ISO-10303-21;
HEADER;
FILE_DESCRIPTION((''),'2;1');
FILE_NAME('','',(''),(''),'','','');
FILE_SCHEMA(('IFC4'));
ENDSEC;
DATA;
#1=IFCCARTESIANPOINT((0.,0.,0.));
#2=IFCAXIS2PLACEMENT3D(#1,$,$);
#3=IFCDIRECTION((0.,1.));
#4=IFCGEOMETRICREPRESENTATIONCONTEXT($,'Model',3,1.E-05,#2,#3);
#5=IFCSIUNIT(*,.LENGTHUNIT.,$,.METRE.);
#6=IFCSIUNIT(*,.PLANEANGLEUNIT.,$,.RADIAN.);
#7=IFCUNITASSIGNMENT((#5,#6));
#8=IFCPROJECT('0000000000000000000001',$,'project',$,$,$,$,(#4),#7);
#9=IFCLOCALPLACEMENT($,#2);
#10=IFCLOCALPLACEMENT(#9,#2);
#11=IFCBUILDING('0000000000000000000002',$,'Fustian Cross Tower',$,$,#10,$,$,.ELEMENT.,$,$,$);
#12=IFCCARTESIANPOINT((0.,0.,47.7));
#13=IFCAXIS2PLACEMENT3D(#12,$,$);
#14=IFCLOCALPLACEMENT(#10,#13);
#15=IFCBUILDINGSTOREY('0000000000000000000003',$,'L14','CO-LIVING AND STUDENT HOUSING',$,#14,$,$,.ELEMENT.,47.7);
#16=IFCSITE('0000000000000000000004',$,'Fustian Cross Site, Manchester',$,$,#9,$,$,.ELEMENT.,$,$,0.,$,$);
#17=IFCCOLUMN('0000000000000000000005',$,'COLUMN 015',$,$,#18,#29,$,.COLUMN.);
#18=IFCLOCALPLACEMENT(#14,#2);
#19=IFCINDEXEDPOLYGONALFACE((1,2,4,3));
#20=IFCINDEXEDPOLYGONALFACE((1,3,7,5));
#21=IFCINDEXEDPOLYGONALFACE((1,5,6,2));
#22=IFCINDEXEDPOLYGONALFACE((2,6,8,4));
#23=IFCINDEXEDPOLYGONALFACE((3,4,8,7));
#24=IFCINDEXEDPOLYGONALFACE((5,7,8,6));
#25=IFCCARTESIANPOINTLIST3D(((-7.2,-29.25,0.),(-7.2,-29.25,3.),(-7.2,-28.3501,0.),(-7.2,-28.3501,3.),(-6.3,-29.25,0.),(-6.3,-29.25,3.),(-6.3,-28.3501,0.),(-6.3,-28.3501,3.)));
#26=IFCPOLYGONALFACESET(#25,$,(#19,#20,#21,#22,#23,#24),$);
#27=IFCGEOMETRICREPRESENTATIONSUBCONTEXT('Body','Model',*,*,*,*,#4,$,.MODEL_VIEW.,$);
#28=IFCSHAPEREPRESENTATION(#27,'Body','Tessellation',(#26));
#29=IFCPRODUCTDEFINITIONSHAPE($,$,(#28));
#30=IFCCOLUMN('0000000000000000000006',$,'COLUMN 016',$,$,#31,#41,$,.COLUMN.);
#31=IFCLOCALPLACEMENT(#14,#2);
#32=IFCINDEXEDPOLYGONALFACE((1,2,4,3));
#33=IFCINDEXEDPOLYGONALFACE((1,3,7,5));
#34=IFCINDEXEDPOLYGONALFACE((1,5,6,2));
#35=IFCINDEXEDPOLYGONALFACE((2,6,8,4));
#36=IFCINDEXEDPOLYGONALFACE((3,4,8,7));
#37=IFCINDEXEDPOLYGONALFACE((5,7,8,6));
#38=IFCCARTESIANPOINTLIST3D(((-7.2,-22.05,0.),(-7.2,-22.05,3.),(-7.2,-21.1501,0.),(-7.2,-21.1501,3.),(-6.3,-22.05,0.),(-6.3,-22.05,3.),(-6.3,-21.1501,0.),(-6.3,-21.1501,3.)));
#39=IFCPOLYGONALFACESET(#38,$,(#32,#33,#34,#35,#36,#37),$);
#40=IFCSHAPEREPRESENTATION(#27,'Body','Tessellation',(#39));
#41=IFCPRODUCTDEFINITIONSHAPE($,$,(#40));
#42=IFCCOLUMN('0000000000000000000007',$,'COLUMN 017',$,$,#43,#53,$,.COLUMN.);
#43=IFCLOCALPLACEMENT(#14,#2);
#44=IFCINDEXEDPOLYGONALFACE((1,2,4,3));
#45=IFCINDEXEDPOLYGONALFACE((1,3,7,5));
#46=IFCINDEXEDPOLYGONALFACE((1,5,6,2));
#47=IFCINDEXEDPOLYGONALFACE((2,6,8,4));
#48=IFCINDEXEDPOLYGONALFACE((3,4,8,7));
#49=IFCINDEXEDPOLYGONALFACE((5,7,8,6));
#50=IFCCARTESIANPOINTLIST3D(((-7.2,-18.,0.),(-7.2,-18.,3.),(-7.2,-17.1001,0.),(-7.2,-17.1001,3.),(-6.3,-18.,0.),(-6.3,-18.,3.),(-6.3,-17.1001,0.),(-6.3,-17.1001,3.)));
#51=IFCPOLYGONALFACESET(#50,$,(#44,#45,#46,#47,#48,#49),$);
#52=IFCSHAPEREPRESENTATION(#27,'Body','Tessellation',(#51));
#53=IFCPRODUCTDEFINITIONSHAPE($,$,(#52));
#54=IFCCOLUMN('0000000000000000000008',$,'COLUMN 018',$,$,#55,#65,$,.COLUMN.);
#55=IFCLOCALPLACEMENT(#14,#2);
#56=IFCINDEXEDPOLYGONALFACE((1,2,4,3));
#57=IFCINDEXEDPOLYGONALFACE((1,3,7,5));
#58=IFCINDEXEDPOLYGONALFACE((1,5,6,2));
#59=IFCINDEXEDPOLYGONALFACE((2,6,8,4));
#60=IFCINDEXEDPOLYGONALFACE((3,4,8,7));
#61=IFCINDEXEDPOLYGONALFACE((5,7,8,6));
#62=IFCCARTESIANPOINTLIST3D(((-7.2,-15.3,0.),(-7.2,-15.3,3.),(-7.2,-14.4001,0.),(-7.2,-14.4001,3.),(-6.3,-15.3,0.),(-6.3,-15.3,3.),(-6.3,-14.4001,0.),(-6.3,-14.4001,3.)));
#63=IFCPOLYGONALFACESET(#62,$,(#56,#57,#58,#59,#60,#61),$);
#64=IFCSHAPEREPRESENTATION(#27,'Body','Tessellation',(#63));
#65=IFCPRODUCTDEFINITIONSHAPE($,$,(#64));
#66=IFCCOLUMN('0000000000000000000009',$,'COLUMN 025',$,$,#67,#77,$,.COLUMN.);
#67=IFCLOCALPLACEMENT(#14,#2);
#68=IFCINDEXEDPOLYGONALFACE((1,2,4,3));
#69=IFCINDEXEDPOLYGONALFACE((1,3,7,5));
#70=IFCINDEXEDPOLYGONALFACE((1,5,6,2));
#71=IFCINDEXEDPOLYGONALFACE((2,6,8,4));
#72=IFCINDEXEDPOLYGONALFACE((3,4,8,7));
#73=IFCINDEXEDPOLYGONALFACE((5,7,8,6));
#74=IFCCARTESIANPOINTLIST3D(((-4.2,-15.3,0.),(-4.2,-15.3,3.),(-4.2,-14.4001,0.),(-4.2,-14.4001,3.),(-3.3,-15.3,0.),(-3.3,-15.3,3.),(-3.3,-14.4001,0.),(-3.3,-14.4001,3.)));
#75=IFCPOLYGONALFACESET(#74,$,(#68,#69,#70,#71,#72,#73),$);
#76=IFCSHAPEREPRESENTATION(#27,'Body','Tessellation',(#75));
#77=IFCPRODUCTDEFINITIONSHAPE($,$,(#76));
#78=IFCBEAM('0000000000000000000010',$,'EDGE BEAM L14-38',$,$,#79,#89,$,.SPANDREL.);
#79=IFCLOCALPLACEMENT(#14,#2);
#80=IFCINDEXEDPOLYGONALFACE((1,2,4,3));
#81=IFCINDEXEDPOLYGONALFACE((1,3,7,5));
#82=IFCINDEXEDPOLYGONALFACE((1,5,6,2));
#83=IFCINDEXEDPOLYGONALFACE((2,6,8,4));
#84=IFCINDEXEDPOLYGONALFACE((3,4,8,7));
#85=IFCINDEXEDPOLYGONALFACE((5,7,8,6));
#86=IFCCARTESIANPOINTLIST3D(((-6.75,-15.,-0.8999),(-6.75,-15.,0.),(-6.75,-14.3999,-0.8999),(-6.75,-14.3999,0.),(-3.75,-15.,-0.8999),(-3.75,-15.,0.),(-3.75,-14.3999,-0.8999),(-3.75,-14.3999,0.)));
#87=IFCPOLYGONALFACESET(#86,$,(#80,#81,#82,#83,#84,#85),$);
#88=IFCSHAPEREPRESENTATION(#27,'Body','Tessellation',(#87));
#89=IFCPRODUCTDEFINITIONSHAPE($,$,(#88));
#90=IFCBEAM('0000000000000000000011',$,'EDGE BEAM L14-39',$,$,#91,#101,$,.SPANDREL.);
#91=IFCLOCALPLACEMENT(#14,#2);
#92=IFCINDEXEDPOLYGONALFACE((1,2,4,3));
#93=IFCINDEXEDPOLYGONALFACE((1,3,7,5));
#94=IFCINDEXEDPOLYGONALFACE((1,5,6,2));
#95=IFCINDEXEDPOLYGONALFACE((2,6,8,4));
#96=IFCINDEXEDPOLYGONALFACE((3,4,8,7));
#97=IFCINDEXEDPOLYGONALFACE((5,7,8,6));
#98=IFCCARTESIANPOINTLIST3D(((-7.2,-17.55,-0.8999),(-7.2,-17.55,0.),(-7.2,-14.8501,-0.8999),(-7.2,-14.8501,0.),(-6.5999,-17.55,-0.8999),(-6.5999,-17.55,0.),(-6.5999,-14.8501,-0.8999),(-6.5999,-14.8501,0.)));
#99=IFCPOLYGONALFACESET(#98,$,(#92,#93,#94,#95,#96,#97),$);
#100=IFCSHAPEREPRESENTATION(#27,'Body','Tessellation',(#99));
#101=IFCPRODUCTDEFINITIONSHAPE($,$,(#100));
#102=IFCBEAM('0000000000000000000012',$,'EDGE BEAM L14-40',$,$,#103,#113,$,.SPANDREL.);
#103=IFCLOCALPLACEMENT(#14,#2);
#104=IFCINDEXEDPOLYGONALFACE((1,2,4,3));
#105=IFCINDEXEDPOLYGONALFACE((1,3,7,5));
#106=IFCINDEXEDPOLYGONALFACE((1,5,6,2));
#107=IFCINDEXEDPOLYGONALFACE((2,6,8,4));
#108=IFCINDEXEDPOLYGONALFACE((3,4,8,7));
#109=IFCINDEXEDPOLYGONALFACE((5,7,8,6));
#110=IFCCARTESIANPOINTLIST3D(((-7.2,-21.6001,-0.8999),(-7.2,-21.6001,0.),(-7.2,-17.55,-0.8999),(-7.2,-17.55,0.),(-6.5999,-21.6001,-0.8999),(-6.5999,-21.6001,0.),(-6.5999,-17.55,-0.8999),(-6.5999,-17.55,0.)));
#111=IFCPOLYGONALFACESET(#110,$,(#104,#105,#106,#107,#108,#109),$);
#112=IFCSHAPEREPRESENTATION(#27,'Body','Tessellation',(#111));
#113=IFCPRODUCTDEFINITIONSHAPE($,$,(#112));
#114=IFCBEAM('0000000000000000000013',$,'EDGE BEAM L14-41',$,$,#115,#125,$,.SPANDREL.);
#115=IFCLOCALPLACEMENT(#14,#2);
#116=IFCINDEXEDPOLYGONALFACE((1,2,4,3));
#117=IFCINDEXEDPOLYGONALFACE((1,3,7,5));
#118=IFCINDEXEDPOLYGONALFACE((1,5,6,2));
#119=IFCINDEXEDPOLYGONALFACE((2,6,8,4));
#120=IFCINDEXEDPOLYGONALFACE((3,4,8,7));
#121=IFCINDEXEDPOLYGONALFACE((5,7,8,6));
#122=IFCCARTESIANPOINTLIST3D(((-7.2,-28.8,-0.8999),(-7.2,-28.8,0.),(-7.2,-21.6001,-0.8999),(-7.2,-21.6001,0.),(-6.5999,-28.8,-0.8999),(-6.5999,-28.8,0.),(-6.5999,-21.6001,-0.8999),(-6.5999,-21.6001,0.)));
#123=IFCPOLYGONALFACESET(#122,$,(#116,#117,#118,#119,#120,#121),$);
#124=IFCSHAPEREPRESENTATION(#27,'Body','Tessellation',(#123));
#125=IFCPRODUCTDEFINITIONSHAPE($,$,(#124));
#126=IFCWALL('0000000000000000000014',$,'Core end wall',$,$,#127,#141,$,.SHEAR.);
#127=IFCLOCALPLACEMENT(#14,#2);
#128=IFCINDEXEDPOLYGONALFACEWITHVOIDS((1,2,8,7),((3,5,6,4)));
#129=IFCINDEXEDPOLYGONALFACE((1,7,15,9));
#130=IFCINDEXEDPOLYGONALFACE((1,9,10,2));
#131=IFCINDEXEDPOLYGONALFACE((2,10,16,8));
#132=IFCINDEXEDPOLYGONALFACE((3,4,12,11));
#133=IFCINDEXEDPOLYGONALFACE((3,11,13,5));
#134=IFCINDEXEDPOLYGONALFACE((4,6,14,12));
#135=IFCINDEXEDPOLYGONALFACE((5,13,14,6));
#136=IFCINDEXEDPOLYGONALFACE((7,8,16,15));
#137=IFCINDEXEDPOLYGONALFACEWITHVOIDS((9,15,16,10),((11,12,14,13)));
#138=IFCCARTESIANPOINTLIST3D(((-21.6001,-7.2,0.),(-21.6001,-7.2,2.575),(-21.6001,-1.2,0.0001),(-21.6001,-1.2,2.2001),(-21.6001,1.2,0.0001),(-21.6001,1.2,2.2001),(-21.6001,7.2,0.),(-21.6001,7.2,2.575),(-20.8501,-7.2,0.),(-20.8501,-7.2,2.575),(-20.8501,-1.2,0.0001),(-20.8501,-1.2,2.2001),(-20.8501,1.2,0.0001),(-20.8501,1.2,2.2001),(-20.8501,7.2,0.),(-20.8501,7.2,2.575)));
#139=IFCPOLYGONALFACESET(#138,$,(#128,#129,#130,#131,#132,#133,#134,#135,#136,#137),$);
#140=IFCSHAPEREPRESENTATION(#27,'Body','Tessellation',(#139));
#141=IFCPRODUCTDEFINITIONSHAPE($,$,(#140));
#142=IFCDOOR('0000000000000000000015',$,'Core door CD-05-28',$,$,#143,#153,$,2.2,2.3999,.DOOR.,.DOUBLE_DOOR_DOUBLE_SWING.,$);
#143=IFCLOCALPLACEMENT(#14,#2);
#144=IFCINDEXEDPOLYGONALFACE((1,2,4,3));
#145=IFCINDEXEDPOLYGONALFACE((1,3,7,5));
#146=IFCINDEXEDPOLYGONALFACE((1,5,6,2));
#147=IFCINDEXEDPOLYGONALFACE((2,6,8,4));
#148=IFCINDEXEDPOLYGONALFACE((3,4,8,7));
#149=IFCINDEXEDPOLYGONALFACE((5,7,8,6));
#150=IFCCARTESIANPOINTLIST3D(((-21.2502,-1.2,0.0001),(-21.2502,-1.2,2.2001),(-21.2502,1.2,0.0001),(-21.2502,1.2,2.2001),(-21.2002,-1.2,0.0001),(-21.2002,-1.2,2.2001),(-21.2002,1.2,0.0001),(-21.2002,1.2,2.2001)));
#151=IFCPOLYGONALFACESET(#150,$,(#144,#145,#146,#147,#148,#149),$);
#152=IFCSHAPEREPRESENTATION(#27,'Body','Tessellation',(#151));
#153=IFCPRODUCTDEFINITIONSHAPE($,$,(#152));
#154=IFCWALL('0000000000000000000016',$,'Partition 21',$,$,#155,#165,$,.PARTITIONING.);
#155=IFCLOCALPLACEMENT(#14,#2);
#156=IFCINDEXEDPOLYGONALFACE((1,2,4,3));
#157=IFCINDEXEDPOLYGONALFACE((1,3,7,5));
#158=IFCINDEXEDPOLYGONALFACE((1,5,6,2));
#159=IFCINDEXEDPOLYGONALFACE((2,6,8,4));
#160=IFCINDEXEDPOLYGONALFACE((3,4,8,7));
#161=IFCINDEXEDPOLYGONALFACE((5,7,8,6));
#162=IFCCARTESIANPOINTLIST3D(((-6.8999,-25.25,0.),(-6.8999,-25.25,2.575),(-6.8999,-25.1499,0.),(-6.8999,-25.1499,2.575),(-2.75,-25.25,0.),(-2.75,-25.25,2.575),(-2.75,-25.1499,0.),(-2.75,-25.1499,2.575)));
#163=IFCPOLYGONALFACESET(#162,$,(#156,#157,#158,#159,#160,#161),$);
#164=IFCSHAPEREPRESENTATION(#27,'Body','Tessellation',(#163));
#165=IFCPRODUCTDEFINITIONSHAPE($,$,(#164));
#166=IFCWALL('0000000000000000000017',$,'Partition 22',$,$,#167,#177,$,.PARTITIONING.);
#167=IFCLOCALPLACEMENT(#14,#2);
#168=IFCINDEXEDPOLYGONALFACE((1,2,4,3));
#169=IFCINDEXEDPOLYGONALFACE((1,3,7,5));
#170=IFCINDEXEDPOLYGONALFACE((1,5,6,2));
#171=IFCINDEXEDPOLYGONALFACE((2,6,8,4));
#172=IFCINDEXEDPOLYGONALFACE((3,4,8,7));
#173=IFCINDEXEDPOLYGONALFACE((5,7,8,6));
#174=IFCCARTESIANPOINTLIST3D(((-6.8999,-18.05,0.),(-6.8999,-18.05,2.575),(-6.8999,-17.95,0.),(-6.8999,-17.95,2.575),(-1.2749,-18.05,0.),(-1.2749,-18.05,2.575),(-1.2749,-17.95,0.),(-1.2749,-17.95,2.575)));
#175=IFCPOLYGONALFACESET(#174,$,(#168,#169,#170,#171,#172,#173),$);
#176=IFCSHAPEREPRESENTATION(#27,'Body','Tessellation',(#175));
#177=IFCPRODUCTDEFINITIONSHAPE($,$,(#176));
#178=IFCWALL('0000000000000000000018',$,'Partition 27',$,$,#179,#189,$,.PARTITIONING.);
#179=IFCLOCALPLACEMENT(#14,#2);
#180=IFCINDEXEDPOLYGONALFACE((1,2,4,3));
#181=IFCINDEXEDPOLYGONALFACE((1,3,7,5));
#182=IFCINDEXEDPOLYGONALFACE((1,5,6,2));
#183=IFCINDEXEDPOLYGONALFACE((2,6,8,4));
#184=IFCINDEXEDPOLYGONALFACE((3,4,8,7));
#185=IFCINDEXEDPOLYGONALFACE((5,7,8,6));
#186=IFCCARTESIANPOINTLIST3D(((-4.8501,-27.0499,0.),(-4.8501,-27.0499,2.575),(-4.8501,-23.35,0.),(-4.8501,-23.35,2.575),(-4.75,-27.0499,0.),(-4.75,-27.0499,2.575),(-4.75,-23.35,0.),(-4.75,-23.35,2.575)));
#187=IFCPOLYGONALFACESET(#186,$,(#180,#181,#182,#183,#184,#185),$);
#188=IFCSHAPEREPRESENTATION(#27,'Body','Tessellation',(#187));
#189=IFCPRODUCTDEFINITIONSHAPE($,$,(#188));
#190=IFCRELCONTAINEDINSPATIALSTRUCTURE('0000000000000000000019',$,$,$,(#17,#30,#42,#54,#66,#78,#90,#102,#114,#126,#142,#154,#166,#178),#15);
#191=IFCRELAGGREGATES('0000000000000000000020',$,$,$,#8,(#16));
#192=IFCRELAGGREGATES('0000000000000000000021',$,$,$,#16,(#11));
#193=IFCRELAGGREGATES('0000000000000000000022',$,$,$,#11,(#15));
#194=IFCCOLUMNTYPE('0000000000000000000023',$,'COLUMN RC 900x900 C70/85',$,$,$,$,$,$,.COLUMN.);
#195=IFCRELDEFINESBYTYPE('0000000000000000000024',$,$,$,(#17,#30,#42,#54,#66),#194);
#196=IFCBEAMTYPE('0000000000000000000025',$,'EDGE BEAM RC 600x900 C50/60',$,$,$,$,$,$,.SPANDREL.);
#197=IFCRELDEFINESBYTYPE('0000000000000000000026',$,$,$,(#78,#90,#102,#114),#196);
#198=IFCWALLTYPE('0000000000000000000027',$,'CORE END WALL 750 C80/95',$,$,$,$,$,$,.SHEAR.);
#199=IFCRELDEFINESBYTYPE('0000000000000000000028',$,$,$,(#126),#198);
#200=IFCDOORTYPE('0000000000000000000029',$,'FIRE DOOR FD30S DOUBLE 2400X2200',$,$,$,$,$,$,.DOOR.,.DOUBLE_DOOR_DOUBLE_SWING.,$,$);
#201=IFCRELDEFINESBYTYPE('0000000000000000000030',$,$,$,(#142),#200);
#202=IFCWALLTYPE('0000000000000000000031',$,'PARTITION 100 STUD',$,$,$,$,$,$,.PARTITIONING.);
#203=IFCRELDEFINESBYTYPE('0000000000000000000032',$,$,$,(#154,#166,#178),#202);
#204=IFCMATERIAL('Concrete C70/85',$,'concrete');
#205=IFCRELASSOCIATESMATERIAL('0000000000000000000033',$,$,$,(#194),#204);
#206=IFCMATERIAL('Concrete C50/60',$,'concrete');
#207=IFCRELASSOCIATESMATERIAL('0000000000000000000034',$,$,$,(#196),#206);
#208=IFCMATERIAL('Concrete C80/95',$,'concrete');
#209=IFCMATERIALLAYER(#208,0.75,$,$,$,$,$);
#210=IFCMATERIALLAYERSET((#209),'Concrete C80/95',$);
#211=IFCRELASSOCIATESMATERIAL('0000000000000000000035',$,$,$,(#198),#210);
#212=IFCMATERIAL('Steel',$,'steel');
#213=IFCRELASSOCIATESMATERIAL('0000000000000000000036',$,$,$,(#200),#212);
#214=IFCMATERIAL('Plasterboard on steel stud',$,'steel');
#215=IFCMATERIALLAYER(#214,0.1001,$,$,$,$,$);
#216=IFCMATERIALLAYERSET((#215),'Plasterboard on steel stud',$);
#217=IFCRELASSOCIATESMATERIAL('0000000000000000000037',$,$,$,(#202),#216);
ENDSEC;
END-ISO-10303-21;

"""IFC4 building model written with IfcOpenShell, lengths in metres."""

from ifc_helpers import new_model, si_unit, direction, frame, frame_2d, origin, origin_2d, place, context, subcontext, project, spatial, rectangle, extrude, material, layer, layer_set, material_profile, profile_set, type_object, element, fill, save


model = new_model("IFC4")

# Units and contexts
model_context = context("Model", 3, precision=1e-05, world=origin(), true_north=direction((0.0, 1.0)))
body_context = subcontext(model_context, "Body", "Model", "MODEL_VIEW")
ifc_project = project(units=[si_unit("LENGTHUNIT", "METRE"), si_unit("PLANEANGLEUNIT", "RADIAN")], contexts=[model_context])

# Site, building, storey
site_placement = place(None, origin())
site = spatial("IfcSite", under=ifc_project, at=site_placement, Name="Fustian Cross Site, Manchester", CompositionType="ELEMENT", RefElevation=0.0)
building_placement = place(site_placement, origin())
building = spatial("IfcBuilding", under=site, at=building_placement, Name="Fustian Cross Tower", CompositionType="ELEMENT")
storey_placement = place(building_placement, frame((0.0, 0.0, 47.7)))
storey = spatial("IfcBuildingStorey", under=building, at=storey_placement, Name="L14", Description="CO-LIVING AND STUDENT HOUSING", CompositionType="ELEMENT", Elevation=47.7)

# Columns
ifc_material_1 = material(Name="Concrete C70/85", Category="concrete")
ifc_material_profile_1 = material_profile(ifc_material_1, rectangle(XDim=0.8999, YDim=0.8999, at=origin_2d()), Name="RC 900x900")
ifc_profile_set_1 = profile_set([ifc_material_profile_1], Name="Concrete C70/85")
column_type = type_object("IfcColumnType", Name="COLUMN RC 900x900 C70/85", PredefinedType="COLUMN", material=ifc_profile_set_1)
for number, where, z_axis, x_axis, name in (
    (1, (-6.75, -28.8, 0.0), (0.0, 0.0, 1.0), (1.0, 0.0, 0.0), "COLUMN 015"),
    (2, (-6.75, -21.6001, 0.0), (0.0, 0.0, 1.0), (1.0, 0.0, 0.0), "COLUMN 016"),
    (3, (-6.75, -17.55, 0.0), (0.0, 0.0, 1.0), (1.0, 0.0, 0.0), "COLUMN 017"),
    (4, (-6.75, -14.8501, 0.0), (0.0, 0.0, 1.0), (1.0, 0.0, 0.0), "COLUMN 018"),
    (5, (-3.75, -14.8501, 0.0), (0.0, 0.0, 1.0), (1.0, 0.0, 0.0), "COLUMN 025"),
):
    element("IfcColumn", number, at=place(storey_placement, frame(where, z_axis=z_axis, x_axis=x_axis)), inside=storey, type_object=column_type, Name=name, PredefinedType="COLUMN", context=body_context, shape_type="SweptSolid", body=[
        extrude(rectangle(XDim=0.8999, YDim=0.8999, at=origin_2d()), origin(), (0.0, 0.0, 1.0), 3.0),
    ])

# Beams
ifc_material_2 = material(Name="Concrete C50/60", Category="concrete")
ifc_material_profile_2 = material_profile(ifc_material_2, rectangle(XDim=0.6001, YDim=0.8999, at=origin_2d()), Name="RC 600x900")
ifc_profile_set_2 = profile_set([ifc_material_profile_2], Name="Concrete C50/60")
beam_type = type_object("IfcBeamType", Name="EDGE BEAM RC 600x900 C50/60", PredefinedType="SPANDREL", material=ifc_profile_set_2)
beam_1_placement = place(storey_placement, frame((-3.75, -14.7, -0.45), z_axis=(-1.0, 0.0, 0.0), x_axis=(0.0, -1.0, 0.0)))
element("IfcBeam", 6, at=beam_1_placement, inside=storey, type_object=beam_type, Name="EDGE BEAM L14-38", PredefinedType="SPANDREL", context=body_context, shape_type="SweptSolid", body=[
    extrude(rectangle(XDim=0.6001, YDim=0.8999, at=origin_2d()), origin(), (0.0, 0.0, 1.0), 3.0),
])
beam_2_placement = place(storey_placement, frame((-6.8999, -14.8501, -0.45), z_axis=(0.0, -1.0, 0.0), x_axis=(1.0, 0.0, 0.0)))
element("IfcBeam", 7, at=beam_2_placement, inside=storey, type_object=beam_type, Name="EDGE BEAM L14-39", PredefinedType="SPANDREL", context=body_context, shape_type="SweptSolid", body=[
    extrude(rectangle(XDim=0.6001, YDim=0.8999, at=origin_2d()), origin(), (0.0, 0.0, 1.0), 2.7),
])
beam_3_placement = place(storey_placement, frame((-6.8999, -17.55, -0.45), z_axis=(0.0, -1.0, 0.0), x_axis=(1.0, 0.0, 0.0)))
element("IfcBeam", 8, at=beam_3_placement, inside=storey, type_object=beam_type, Name="EDGE BEAM L14-40", PredefinedType="SPANDREL", context=body_context, shape_type="SweptSolid", body=[
    extrude(rectangle(XDim=0.6001, YDim=0.8999, at=origin_2d()), origin(), (0.0, 0.0, 1.0), 4.05),
])
beam_4_placement = place(storey_placement, frame((-6.8999, -21.6001, -0.45), z_axis=(0.0, -1.0, 0.0), x_axis=(1.0, 0.0, 0.0)))
element("IfcBeam", 9, at=beam_4_placement, inside=storey, type_object=beam_type, Name="EDGE BEAM L14-41", PredefinedType="SPANDREL", context=body_context, shape_type="SweptSolid", body=[
    extrude(rectangle(XDim=0.6001, YDim=0.8999, at=origin_2d()), origin(), (0.0, 0.0, 1.0), 7.2),
])

# Wall, opening, door
ifc_material_3 = material(Name="Concrete C80/95", Category="concrete")
ifc_layer_1 = layer(ifc_material_3, 0.75)
ifc_layer_set_1 = layer_set([ifc_layer_1], Name="Concrete C80/95")
wall_type_1 = type_object("IfcWallType", Name="CORE END WALL 750 C80/95", PredefinedType="SHEAR", material=ifc_layer_set_1)
wall_1_placement = place(storey_placement, frame((-21.2251, -7.2, 0.0), z_axis=(0.0, 0.0, 1.0), x_axis=(0.0, 1.0, 0.0)))
wall_1 = element("IfcWall", 10, at=wall_1_placement, inside=storey, type_object=wall_type_1, Name="Core end wall", PredefinedType="SHEAR", context=body_context, shape_type="SweptSolid", body=[
    extrude(rectangle(XDim=14.3999, YDim=0.75, at=frame_2d((7.2, 0.0))), origin(), (0.0, 0.0, 1.0), 2.575),
])
opening_1_placement = place(wall_1_placement, frame((6.0, 0.0, 0.0)))
opening_1 = element("IfcOpeningElement", 11, at=opening_1_placement, cuts=wall_1, PredefinedType="OPENING", context=body_context, shape_type="SweptSolid", body=[
    extrude(rectangle(XDim=2.3999, YDim=2.2, at=frame_2d((1.2, 1.1001))), frame((0.0, 0.385, 0.0), z_axis=(0.0, -1.0, 0.0), x_axis=(1.0, 0.0, 0.0)), (0.0, 0.0, 1.0), 0.77),
])
ifc_material_4 = material(Name="Steel", Category="steel")
door_type_1 = type_object("IfcDoorType", Name="FIRE DOOR FD30S DOUBLE 2400X2200", OperationType="DOUBLE_DOOR_DOUBLE_SWING", PredefinedType="DOOR", material=ifc_material_4)
door_1_placement = place(opening_1_placement, frame((2.3999, 0.0, 0.0), z_axis=(0.0, 0.0, 1.0), x_axis=(-1.0, 0.0, 0.0)))
door_1 = element("IfcDoor", 12, at=door_1_placement, inside=storey, type_object=door_type_1, Name="Core door CD-05-28", OperationType="DOUBLE_DOOR_DOUBLE_SWING", OverallHeight=2.2, OverallWidth=2.3999, PredefinedType="DOOR", context=body_context, shape_type="SweptSolid", body=[
    extrude(rectangle(XDim=2.3999, YDim=2.2, at=frame_2d((1.2, 1.1001))), frame((0.0, 0.0249, 0.0), z_axis=(0.0, -1.0, 0.0), x_axis=(1.0, 0.0, 0.0)), (0.0, 0.0, 1.0), 0.05),
])
fill(opening_1, door_1)

# Walls
ifc_material_5 = material(Name="Plasterboard on steel stud", Category="steel")
ifc_layer_2 = layer(ifc_material_5, 0.1001)
ifc_layer_set_2 = layer_set([ifc_layer_2], Name="Plasterboard on steel stud")
wall_type_2 = type_object("IfcWallType", Name="PARTITION 100 STUD", PredefinedType="PARTITIONING", material=ifc_layer_set_2)
wall_2_placement = place(storey_placement, frame((-6.8999, -25.2, 0.0), z_axis=(0.0, 0.0, 1.0), x_axis=(1.0, 0.0, 0.0)))
element("IfcWall", 13, at=wall_2_placement, inside=storey, type_object=wall_type_2, Name="Partition 21", PredefinedType="PARTITIONING", context=body_context, shape_type="SweptSolid", body=[
    extrude(rectangle(XDim=4.1499, YDim=0.1001, at=frame_2d((2.075, 0.0))), origin(), (0.0, 0.0, 1.0), 2.575),
])
wall_3_placement = place(storey_placement, frame((-6.8999, -18.0, 0.0), z_axis=(0.0, 0.0, 1.0), x_axis=(1.0, 0.0, 0.0)))
element("IfcWall", 14, at=wall_3_placement, inside=storey, type_object=wall_type_2, Name="Partition 22", PredefinedType="PARTITIONING", context=body_context, shape_type="SweptSolid", body=[
    extrude(rectangle(XDim=5.625, YDim=0.1001, at=frame_2d((2.8125, 0.0))), origin(), (0.0, 0.0, 1.0), 2.575),
])
wall_4_placement = place(storey_placement, frame((-4.8, -27.05, 0.0), z_axis=(0.0, 0.0, 1.0), x_axis=(0.0, 1.0, 0.0)))
element("IfcWall", 15, at=wall_4_placement, inside=storey, type_object=wall_type_2, Name="Partition 27", PredefinedType="PARTITIONING", context=body_context, shape_type="SweptSolid", body=[
    extrude(rectangle(XDim=3.7, YDim=0.1001, at=frame_2d((1.8501, 0.0))), origin(), (0.0, 0.0, 1.0), 2.575),
])

save(model, "model.ifc")
